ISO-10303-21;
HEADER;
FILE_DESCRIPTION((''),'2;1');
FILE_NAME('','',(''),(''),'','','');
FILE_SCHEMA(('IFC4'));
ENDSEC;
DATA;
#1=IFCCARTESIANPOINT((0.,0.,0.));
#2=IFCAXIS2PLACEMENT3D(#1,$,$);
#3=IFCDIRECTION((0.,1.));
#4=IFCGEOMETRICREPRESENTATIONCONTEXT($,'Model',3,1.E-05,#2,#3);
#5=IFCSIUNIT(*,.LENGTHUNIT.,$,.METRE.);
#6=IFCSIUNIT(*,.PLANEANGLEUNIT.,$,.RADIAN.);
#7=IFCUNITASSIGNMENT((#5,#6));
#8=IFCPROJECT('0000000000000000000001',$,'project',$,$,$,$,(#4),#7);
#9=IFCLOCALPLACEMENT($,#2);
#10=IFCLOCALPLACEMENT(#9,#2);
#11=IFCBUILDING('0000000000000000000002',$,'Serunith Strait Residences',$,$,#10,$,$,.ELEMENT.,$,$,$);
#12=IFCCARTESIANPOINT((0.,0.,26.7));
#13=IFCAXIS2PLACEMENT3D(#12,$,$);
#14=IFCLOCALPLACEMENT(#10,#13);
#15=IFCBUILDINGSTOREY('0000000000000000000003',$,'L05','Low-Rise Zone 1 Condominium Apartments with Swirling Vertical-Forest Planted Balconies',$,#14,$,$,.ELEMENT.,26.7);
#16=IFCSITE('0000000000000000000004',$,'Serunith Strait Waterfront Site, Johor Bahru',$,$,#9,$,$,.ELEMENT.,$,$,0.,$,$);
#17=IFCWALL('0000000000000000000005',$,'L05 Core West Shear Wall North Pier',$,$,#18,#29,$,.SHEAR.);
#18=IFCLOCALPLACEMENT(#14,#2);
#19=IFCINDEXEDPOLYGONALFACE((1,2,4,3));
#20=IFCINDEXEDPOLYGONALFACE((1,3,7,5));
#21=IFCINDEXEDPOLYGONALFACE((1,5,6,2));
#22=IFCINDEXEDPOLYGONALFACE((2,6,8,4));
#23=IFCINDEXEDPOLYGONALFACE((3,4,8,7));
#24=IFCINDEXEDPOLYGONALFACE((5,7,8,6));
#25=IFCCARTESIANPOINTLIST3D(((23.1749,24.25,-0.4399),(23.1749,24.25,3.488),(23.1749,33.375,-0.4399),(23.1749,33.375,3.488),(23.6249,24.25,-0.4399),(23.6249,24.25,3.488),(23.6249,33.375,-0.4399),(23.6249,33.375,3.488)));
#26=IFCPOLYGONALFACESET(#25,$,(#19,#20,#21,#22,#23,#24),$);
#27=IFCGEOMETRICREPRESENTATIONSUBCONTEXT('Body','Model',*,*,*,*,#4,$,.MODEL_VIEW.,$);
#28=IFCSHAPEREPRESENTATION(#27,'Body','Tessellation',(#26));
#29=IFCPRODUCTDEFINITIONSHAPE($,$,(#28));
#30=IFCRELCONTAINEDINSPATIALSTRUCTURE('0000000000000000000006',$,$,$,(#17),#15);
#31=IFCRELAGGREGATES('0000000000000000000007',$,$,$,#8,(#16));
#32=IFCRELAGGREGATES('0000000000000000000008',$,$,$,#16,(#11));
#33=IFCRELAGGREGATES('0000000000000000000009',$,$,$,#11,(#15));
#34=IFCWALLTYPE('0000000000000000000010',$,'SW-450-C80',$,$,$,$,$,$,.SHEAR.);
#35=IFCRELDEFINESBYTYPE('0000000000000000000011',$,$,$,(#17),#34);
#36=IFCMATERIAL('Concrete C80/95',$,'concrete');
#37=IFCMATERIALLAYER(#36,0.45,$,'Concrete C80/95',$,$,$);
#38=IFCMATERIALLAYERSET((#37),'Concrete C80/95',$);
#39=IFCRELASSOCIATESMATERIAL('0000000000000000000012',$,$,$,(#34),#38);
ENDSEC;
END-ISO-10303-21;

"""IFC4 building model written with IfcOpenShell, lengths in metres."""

from ifc_helpers import new_model, si_unit, direction, frame, frame_2d, origin, place, context, subcontext, project, spatial, rectangle, extrude, material, layer, layer_set, type_object, element, save


model = new_model("IFC4")

# Units and contexts
model_context = context("Model", 3, precision=1e-05, world=origin(), true_north=direction((0.0, 1.0)))
body_context = subcontext(model_context, "Body", "Model", "MODEL_VIEW")
ifc_project = project(units=[si_unit("LENGTHUNIT", "METRE"), si_unit("PLANEANGLEUNIT", "RADIAN")], contexts=[model_context])

# Site, building, storey
site_placement = place(None, origin())
site = spatial("IfcSite", under=ifc_project, at=site_placement, Name="Serunith Strait Waterfront Site, Johor Bahru", CompositionType="ELEMENT", RefElevation=0.0)
building_placement = place(site_placement, origin())
building = spatial("IfcBuilding", under=site, at=building_placement, Name="Serunith Strait Residences", CompositionType="ELEMENT")
storey_placement = place(building_placement, frame((0.0, 0.0, 26.7)))
storey = spatial("IfcBuildingStorey", under=building, at=storey_placement, Name="L05", Description="Low-Rise Zone 1 Condominium Apartments with Swirling Vertical-Forest Planted Balconies", CompositionType="ELEMENT", Elevation=26.7)

# Wall
ifc_material_1 = material(Name="Concrete C80/95", Category="concrete")
ifc_layer_1 = layer(ifc_material_1, 0.45, Name="Concrete C80/95")
ifc_layer_set_1 = layer_set([ifc_layer_1], Name="Concrete C80/95")
wall_type_1 = type_object("IfcWallType", Name="SW-450-C80", PredefinedType="SHEAR", material=ifc_layer_set_1)
wall_1_placement = place(storey_placement, frame((23.3999, 24.25, -0.4399), z_axis=(0.0, 0.0, 1.0), x_axis=(0.0, 1.0, 0.0)))
element("IfcWall", 1, at=wall_1_placement, inside=storey, type_object=wall_type_1, Name="L05 Core West Shear Wall North Pier", PredefinedType="SHEAR", context=body_context, shape_type="SweptSolid", body=[
    extrude(rectangle(XDim=9.125, YDim=0.45, at=frame_2d((4.5625, 0.0))), origin(), (0.0, 0.0, 1.0), 3.928),
])

save(model, "model.ifc")
